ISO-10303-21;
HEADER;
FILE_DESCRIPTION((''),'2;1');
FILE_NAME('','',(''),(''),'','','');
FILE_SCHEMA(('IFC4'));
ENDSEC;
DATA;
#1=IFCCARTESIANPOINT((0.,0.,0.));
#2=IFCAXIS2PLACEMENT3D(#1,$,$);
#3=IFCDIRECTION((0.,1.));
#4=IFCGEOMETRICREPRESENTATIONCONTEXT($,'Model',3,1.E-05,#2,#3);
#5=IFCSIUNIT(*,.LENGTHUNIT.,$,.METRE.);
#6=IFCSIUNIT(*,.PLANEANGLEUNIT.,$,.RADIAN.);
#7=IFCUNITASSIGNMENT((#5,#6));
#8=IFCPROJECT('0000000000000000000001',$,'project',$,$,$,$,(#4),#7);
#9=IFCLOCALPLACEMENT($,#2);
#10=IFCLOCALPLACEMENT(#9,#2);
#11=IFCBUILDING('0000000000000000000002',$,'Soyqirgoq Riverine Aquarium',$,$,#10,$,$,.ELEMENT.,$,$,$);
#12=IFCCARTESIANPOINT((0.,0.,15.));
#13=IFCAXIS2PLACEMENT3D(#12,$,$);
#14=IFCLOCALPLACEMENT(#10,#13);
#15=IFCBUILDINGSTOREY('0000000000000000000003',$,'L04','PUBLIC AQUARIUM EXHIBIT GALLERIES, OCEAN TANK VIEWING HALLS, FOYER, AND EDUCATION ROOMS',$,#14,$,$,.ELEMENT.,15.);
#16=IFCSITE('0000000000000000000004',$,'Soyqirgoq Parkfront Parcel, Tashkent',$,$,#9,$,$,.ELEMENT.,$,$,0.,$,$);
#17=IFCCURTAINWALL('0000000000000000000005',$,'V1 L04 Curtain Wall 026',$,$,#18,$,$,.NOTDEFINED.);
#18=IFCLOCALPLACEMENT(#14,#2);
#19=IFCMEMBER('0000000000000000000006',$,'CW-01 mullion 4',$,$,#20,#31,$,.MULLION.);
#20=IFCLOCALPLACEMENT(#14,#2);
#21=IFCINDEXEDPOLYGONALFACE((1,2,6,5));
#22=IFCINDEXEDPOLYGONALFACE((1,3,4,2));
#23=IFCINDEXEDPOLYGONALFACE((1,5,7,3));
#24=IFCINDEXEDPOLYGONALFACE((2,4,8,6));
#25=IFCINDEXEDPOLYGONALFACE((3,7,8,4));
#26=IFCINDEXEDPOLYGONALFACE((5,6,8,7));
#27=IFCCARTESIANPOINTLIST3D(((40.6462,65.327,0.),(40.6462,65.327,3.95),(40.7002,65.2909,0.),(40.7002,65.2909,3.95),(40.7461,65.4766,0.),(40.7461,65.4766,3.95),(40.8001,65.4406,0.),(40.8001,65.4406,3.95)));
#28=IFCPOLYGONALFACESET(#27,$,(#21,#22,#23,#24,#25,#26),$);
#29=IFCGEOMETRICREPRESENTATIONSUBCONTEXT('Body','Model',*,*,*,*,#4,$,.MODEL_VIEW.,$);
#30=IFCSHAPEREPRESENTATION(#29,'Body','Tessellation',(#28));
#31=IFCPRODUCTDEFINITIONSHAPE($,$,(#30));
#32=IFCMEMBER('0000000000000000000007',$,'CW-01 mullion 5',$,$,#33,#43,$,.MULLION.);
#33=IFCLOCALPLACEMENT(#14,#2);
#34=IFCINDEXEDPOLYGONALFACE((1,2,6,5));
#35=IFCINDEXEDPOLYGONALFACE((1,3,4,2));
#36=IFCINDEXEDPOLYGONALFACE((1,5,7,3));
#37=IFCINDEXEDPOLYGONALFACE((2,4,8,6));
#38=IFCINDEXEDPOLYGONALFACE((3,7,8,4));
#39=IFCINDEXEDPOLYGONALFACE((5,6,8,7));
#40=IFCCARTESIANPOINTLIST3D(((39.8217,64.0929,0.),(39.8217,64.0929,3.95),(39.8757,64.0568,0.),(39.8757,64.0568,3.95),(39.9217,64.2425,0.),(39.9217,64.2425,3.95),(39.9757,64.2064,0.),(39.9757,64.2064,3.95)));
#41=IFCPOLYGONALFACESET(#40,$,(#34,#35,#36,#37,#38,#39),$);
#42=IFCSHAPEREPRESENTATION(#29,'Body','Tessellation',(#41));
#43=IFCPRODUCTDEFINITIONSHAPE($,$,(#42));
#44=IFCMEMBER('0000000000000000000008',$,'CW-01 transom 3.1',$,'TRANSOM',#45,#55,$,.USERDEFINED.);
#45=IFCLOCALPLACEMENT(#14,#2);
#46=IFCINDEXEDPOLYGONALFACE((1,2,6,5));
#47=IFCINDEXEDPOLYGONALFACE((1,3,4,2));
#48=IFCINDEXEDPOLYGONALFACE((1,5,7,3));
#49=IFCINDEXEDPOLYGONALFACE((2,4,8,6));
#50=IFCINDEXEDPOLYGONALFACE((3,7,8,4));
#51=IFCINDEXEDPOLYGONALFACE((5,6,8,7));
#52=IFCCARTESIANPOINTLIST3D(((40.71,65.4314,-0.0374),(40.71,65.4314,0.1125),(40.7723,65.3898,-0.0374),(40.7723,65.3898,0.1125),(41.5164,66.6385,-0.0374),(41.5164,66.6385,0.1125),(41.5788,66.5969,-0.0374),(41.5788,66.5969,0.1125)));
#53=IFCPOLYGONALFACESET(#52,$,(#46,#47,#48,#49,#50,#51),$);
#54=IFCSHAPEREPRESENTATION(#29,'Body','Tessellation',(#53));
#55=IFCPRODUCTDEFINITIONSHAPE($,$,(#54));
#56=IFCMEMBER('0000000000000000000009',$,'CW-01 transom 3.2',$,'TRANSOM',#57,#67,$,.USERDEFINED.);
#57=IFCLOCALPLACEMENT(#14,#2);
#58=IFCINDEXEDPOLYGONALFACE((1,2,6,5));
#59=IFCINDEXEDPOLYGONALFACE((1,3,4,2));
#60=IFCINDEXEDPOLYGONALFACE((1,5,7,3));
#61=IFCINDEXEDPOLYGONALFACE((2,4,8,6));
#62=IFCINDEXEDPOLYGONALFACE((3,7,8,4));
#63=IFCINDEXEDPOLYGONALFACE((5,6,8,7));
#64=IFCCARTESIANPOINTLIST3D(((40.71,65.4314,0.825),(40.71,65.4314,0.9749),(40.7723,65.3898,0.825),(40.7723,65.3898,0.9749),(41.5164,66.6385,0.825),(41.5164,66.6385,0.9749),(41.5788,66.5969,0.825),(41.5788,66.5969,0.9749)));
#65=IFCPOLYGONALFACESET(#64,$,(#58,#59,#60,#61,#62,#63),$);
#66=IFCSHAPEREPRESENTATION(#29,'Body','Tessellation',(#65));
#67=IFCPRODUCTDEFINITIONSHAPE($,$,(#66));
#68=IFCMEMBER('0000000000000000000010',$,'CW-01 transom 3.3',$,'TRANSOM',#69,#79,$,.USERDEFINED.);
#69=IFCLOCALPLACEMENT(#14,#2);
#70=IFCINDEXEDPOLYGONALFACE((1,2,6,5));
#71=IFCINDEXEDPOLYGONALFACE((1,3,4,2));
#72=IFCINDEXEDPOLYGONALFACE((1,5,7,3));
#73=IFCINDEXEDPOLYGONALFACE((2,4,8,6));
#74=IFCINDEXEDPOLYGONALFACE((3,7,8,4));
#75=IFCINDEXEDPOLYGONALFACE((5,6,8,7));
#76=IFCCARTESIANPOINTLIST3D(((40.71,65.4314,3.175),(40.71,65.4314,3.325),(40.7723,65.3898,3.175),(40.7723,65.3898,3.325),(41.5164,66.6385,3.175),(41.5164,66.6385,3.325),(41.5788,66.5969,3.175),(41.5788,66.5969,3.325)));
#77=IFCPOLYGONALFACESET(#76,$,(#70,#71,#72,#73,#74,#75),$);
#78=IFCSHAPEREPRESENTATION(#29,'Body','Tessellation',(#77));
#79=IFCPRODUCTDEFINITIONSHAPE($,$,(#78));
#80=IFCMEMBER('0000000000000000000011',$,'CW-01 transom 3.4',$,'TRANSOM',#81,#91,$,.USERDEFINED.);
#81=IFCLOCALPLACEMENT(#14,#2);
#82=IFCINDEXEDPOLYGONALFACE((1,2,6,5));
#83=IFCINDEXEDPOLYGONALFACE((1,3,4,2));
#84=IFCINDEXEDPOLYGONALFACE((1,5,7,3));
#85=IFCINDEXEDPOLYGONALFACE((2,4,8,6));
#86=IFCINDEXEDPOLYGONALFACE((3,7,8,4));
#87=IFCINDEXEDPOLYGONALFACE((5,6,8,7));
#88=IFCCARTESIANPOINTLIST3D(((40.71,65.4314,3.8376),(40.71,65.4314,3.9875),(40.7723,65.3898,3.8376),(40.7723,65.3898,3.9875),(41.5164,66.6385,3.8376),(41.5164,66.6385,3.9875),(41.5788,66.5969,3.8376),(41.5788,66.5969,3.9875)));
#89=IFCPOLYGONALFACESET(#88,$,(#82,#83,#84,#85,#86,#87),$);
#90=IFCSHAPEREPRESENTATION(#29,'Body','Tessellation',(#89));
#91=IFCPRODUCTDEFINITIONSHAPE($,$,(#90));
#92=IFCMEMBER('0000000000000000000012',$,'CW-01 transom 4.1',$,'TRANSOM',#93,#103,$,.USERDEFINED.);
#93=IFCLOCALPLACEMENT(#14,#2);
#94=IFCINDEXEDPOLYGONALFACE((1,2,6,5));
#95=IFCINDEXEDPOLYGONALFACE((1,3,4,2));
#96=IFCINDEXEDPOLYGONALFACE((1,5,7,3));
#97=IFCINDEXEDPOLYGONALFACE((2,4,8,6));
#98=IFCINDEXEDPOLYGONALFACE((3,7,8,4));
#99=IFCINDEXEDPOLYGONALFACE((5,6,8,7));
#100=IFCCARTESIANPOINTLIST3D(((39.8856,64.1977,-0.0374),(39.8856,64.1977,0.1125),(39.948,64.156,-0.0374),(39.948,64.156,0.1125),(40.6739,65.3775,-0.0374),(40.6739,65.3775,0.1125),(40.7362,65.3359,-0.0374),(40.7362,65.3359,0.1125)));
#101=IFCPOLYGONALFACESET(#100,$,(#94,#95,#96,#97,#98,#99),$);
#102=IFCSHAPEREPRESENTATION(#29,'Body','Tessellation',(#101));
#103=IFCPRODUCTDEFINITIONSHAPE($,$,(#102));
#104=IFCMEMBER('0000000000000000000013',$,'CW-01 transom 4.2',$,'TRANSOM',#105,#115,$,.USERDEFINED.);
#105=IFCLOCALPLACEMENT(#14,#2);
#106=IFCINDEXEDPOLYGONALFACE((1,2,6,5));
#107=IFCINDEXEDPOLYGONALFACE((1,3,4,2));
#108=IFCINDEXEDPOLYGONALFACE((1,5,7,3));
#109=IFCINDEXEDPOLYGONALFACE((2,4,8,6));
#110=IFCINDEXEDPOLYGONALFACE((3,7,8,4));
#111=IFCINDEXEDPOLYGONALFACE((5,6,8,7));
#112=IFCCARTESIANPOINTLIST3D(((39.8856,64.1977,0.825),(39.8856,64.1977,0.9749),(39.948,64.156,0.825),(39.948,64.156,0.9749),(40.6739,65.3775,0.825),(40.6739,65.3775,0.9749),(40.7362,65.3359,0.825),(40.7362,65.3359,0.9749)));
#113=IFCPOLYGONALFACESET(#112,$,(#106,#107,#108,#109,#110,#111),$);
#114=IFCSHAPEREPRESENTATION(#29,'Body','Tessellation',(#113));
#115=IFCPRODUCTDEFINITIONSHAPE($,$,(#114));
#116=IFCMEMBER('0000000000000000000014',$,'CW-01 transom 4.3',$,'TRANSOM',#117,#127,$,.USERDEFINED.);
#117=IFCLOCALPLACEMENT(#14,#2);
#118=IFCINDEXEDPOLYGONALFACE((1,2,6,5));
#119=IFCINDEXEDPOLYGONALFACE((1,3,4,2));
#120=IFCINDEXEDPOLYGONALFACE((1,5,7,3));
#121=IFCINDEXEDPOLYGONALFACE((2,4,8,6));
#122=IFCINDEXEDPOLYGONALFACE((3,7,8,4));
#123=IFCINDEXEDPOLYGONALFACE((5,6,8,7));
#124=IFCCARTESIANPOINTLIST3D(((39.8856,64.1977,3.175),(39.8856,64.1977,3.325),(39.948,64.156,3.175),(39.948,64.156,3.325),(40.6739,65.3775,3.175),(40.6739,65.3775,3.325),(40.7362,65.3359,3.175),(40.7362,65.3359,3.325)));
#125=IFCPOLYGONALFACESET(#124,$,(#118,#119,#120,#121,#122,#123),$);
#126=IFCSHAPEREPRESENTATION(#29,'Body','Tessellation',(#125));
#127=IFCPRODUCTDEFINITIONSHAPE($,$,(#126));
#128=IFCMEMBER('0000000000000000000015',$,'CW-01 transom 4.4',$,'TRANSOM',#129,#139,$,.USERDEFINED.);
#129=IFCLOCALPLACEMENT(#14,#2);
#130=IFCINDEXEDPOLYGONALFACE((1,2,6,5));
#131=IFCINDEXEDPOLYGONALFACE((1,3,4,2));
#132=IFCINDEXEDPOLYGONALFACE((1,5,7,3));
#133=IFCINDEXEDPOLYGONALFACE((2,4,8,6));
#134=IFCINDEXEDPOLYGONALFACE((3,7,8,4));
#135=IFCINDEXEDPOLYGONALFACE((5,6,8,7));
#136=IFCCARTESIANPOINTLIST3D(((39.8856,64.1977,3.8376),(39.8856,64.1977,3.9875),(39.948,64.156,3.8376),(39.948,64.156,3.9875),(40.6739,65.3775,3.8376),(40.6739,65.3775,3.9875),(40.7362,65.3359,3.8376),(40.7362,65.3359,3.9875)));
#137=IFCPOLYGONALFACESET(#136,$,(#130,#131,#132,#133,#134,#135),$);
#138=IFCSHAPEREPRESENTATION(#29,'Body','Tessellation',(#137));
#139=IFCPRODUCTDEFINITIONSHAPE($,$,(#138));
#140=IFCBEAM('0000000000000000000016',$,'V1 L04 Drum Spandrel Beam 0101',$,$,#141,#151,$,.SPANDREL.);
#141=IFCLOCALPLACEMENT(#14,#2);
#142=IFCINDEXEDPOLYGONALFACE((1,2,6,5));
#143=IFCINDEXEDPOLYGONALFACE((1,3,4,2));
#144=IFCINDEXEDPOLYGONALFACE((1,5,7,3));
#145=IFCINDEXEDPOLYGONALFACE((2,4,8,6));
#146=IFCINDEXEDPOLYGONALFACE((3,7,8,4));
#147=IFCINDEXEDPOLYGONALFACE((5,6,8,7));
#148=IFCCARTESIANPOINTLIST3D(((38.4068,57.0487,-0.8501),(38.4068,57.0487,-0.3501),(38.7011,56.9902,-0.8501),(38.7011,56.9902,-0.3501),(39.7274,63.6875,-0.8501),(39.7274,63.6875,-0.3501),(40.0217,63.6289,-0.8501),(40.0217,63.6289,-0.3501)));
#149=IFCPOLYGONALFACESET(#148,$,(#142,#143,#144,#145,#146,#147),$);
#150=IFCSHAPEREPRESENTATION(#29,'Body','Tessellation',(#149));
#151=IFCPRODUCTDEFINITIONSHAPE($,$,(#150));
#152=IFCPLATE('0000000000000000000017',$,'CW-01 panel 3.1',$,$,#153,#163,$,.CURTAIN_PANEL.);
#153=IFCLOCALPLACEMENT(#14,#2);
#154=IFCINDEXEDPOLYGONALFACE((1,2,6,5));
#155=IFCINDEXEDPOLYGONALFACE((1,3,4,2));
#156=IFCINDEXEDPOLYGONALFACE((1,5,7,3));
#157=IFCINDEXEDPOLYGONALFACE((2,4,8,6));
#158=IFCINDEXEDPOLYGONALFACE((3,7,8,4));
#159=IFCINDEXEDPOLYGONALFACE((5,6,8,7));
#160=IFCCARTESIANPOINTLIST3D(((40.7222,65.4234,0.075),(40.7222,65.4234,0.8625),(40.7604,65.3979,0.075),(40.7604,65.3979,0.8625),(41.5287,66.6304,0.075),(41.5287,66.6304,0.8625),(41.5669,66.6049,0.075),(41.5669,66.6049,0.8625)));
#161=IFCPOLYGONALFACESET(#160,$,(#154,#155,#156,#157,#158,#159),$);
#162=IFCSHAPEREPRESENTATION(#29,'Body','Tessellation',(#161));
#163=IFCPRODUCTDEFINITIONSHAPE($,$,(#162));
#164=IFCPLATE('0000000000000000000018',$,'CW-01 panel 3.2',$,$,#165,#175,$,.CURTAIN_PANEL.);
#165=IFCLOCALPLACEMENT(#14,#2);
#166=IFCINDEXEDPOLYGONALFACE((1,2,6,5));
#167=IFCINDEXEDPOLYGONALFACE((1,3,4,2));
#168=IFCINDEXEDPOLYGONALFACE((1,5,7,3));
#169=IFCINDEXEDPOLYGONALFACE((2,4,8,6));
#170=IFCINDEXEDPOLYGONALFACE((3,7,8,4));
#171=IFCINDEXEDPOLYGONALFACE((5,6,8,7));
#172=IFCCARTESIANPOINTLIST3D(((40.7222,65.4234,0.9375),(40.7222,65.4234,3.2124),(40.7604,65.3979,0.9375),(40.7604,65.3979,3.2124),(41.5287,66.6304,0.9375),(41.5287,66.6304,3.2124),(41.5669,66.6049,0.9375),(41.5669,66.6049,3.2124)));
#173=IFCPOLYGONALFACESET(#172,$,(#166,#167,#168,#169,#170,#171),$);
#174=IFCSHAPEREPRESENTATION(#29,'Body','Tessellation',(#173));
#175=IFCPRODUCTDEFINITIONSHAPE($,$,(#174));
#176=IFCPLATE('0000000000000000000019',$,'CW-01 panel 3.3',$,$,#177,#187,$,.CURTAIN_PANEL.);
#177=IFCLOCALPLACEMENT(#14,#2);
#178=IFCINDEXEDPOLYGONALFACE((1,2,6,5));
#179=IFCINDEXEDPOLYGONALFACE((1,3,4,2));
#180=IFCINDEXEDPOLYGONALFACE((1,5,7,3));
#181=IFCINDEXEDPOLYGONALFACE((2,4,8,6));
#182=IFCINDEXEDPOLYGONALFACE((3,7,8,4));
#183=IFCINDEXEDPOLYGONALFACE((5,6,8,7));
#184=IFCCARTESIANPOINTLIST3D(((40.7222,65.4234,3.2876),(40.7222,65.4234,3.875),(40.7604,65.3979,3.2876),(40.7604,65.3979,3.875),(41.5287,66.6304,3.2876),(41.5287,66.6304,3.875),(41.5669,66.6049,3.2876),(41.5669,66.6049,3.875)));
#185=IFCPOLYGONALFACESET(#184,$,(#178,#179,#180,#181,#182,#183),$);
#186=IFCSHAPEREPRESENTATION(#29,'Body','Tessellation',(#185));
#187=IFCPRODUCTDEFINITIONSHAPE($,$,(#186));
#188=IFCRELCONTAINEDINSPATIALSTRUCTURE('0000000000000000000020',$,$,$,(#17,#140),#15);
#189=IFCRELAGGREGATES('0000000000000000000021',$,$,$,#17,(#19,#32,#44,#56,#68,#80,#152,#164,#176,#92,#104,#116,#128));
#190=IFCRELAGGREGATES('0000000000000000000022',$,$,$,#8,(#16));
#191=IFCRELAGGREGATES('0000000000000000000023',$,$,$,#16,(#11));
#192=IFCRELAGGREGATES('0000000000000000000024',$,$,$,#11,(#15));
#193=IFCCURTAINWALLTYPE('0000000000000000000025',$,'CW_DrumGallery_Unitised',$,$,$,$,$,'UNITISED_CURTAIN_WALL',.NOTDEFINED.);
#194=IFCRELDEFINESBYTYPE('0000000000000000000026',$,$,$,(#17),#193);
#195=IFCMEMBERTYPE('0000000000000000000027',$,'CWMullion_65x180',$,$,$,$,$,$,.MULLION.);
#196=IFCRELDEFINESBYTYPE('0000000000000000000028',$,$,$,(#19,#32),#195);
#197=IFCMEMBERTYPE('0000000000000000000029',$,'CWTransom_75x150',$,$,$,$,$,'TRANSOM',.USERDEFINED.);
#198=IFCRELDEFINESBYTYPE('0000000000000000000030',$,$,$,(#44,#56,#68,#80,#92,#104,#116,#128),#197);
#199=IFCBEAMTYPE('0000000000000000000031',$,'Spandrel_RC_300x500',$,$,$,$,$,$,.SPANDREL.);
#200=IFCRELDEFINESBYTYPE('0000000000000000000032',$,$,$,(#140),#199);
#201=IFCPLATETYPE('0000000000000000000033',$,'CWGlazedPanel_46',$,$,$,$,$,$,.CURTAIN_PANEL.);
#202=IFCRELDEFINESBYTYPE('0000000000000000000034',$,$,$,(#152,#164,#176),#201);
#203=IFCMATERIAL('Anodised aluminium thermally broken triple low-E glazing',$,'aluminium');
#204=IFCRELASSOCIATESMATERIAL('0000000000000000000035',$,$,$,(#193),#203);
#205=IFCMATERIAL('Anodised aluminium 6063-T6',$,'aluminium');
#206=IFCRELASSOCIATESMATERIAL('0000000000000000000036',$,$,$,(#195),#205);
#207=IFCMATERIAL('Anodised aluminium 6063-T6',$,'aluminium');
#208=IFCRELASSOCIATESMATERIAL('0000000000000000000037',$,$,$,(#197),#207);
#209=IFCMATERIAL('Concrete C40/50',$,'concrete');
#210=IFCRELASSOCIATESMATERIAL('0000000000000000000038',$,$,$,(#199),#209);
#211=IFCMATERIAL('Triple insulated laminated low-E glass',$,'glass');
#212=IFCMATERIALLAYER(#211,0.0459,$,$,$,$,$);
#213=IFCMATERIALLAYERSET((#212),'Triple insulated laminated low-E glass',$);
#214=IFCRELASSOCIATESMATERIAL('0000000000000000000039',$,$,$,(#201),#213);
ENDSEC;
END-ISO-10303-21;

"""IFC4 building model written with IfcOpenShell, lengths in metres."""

from ifc_helpers import new_model, si_unit, direction, frame, origin, origin_2d, place, context, subcontext, project, spatial, rectangle, extrude, material, layer, layer_set, material_profile, profile_set, type_object, element, aggregate, save


model = new_model("IFC4")

# Units and contexts
model_context = context("Model", 3, precision=1e-05, world=origin(), true_north=direction((0.0, 1.0)))
body_context = subcontext(model_context, "Body", "Model", "MODEL_VIEW")
ifc_project = project(units=[si_unit("LENGTHUNIT", "METRE"), si_unit("PLANEANGLEUNIT", "RADIAN")], contexts=[model_context])

# Site, building, storey
site_placement = place(None, origin())
site = spatial("IfcSite", under=ifc_project, at=site_placement, Name="Soyqirgoq Parkfront Parcel, Tashkent", CompositionType="ELEMENT", RefElevation=0.0)
building_placement = place(site_placement, origin())
building = spatial("IfcBuilding", under=site, at=building_placement, Name="Soyqirgoq Riverine Aquarium", CompositionType="ELEMENT")
storey_placement = place(building_placement, frame((0.0, 0.0, 15.0)))
storey = spatial("IfcBuildingStorey", under=building, at=storey_placement, Name="L04", Description="PUBLIC AQUARIUM EXHIBIT GALLERIES, OCEAN TANK VIEWING HALLS, FOYER, AND EDUCATION ROOMS", CompositionType="ELEMENT", Elevation=15.0)

# Curtain wall, members
ifc_material_1 = material(Name="Anodised aluminium thermally broken triple low-E glazing", Category="aluminium")
curtain_wall_type = type_object("IfcCurtainWallType", Name="CW_DrumGallery_Unitised", ElementType="UNITISED_CURTAIN_WALL", PredefinedType="NOTDEFINED", material=ifc_material_1)
curtain_wall_placement = place(storey_placement, origin())
curtain_wall = element("IfcCurtainWall", 1, at=curtain_wall_placement, inside=storey, type_object=curtain_wall_type, Name="V1 L04 Curtain Wall 026", PredefinedType="NOTDEFINED")
ifc_material_2 = material(Name="Anodised aluminium 6063-T6", Category="aluminium")
ifc_material_profile_1 = material_profile(ifc_material_2, rectangle(XDim=0.0649, YDim=0.1799, at=origin_2d()), Name="ALU-M 65x180")
ifc_profile_set_1 = profile_set([ifc_material_profile_1], Name="Anodised aluminium 6063-T6")
member_type_1 = type_object("IfcMemberType", Name="CWMullion_65x180", PredefinedType="MULLION", material=ifc_profile_set_1)
member_1_placement = place(storey_placement, frame((40.7231, 65.3838, 0.0), z_axis=(0.0, 0.0, 1.0), x_axis=(0.831464, -0.555579, 0.0)))
member_1 = element("IfcMember", 2, at=member_1_placement, type_object=member_type_1, Name="CW-01 mullion 4", PredefinedType="MULLION", context=body_context, shape_type="SweptSolid", body=[
    extrude(rectangle(XDim=0.0649, YDim=0.1799, at=origin_2d()), origin(), (0.0, 0.0, 1.0), 3.95),
])
member_2_placement = place(storey_placement, frame((39.8987, 64.1497, 0.0), z_axis=(0.0, 0.0, 1.0), x_axis=(0.831464, -0.555579, 0.0)))
member_2 = element("IfcMember", 3, at=member_2_placement, type_object=member_type_1, Name="CW-01 mullion 5", PredefinedType="MULLION", context=body_context, shape_type="SweptSolid", body=[
    extrude(rectangle(XDim=0.0649, YDim=0.1799, at=origin_2d()), origin(), (0.0, 0.0, 1.0), 3.95),
])
ifc_material_3 = material(Name="Anodised aluminium 6063-T6", Category="aluminium")
ifc_material_profile_2 = material_profile(ifc_material_3, rectangle(XDim=0.075, YDim=0.1499, at=origin_2d()), Name="ALU-T 75x150")
ifc_profile_set_2 = profile_set([ifc_material_profile_2], Name="Anodised aluminium 6063-T6")
member_type_2 = type_object("IfcMemberType", Name="CWTransom_75x150", ElementType="TRANSOM", PredefinedType="USERDEFINED", material=ifc_profile_set_2)
member_3_placement = place(storey_placement, frame((41.5476, 66.6177, 0.0376), z_axis=(-0.555515, -0.831507, 0.0), x_axis=(0.831507, -0.555515, 0.0)))
member_3 = element("IfcMember", 4, at=member_3_placement, type_object=member_type_2, Name="CW-01 transom 3.1", ObjectType="TRANSOM", PredefinedType="USERDEFINED", context=body_context, shape_type="SweptSolid", body=[
    extrude(rectangle(XDim=0.075, YDim=0.1499, at=origin_2d()), origin(), (0.0, 0.0, 1.0), 1.4517),
])
member_4_placement = place(storey_placement, frame((41.5476, 66.6177, 0.8999), z_axis=(-0.555515, -0.831507, 0.0), x_axis=(0.831507, -0.555515, 0.0)))
member_4 = element("IfcMember", 5, at=member_4_placement, type_object=member_type_2, Name="CW-01 transom 3.2", ObjectType="TRANSOM", PredefinedType="USERDEFINED", context=body_context, shape_type="SweptSolid", body=[
    extrude(rectangle(XDim=0.075, YDim=0.1499, at=origin_2d()), origin(), (0.0, 0.0, 1.0), 1.4517),
])
member_5_placement = place(storey_placement, frame((41.5476, 66.6177, 3.25), z_axis=(-0.555515, -0.831507, 0.0), x_axis=(0.831507, -0.555515, 0.0)))
member_5 = element("IfcMember", 6, at=member_5_placement, type_object=member_type_2, Name="CW-01 transom 3.3", ObjectType="TRANSOM", PredefinedType="USERDEFINED", context=body_context, shape_type="SweptSolid", body=[
    extrude(rectangle(XDim=0.075, YDim=0.1499, at=origin_2d()), origin(), (0.0, 0.0, 1.0), 1.4517),
])
member_6_placement = place(storey_placement, frame((41.5476, 66.6177, 3.9126), z_axis=(-0.555515, -0.831507, 0.0), x_axis=(0.831507, -0.555515, 0.0)))
member_6 = element("IfcMember", 7, at=member_6_placement, type_object=member_type_2, Name="CW-01 transom 3.4", ObjectType="TRANSOM", PredefinedType="USERDEFINED", context=body_context, shape_type="SweptSolid", body=[
    extrude(rectangle(XDim=0.075, YDim=0.1499, at=origin_2d()), origin(), (0.0, 0.0, 1.0), 1.4517),
])
member_7_placement = place(storey_placement, frame((40.7051, 65.3567, 0.0376), z_axis=(-0.555534, -0.831494, 0.0), x_axis=(0.831494, -0.555534, 0.0)))
member_7 = element("IfcMember", 8, at=member_7_placement, type_object=member_type_2, Name="CW-01 transom 4.1", ObjectType="TRANSOM", PredefinedType="USERDEFINED", context=body_context, shape_type="SweptSolid", body=[
    extrude(rectangle(XDim=0.075, YDim=0.1499, at=origin_2d()), origin(), (0.0, 0.0, 1.0), 1.4189),
])
member_8_placement = place(storey_placement, frame((40.7051, 65.3567, 0.8999), z_axis=(-0.555534, -0.831494, 0.0), x_axis=(0.831494, -0.555534, 0.0)))
member_8 = element("IfcMember", 9, at=member_8_placement, type_object=member_type_2, Name="CW-01 transom 4.2", ObjectType="TRANSOM", PredefinedType="USERDEFINED", context=body_context, shape_type="SweptSolid", body=[
    extrude(rectangle(XDim=0.075, YDim=0.1499, at=origin_2d()), origin(), (0.0, 0.0, 1.0), 1.4189),
])
member_9_placement = place(storey_placement, frame((40.7051, 65.3567, 3.25), z_axis=(-0.555534, -0.831494, 0.0), x_axis=(0.831494, -0.555534, 0.0)))
member_9 = element("IfcMember", 10, at=member_9_placement, type_object=member_type_2, Name="CW-01 transom 4.3", ObjectType="TRANSOM", PredefinedType="USERDEFINED", context=body_context, shape_type="SweptSolid", body=[
    extrude(rectangle(XDim=0.075, YDim=0.1499, at=origin_2d()), origin(), (0.0, 0.0, 1.0), 1.4189),
])
member_10_placement = place(storey_placement, frame((40.7051, 65.3567, 3.9126), z_axis=(-0.555534, -0.831494, 0.0), x_axis=(0.831494, -0.555534, 0.0)))
member_10 = element("IfcMember", 11, at=member_10_placement, type_object=member_type_2, Name="CW-01 transom 4.4", ObjectType="TRANSOM", PredefinedType="USERDEFINED", context=body_context, shape_type="SweptSolid", body=[
    extrude(rectangle(XDim=0.075, YDim=0.1499, at=origin_2d()), origin(), (0.0, 0.0, 1.0), 1.4189),
])

# Beam
ifc_material_4 = material(Name="Concrete C40/50", Category="concrete")
ifc_material_profile_3 = material_profile(ifc_material_4, rectangle(XDim=0.3, YDim=0.5, at=origin_2d()), Name="RC 300x500")
ifc_profile_set_3 = profile_set([ifc_material_profile_3], Name="Concrete C40/50")
beam_type = type_object("IfcBeamType", Name="Spandrel_RC_300x500", PredefinedType="SPANDREL", material=ifc_profile_set_3)
beam_placement = place(storey_placement, frame((39.8745, 63.6582, -0.6001), z_axis=(-0.195096, -0.980784, 0.0), x_axis=(0.980784, -0.195096, 0.0)))
element("IfcBeam", 12, at=beam_placement, inside=storey, type_object=beam_type, Name="V1 L04 Drum Spandrel Beam 0101", PredefinedType="SPANDREL", context=body_context, shape_type="SweptSolid", body=[
    extrude(rectangle(XDim=0.3, YDim=0.5, at=origin_2d()), origin(), (0.0, 0.0, 1.0), 6.7688),
])

# Plates
ifc_material_5 = material(Name="Triple insulated laminated low-E glass", Category="glass")
ifc_layer_1 = layer(ifc_material_5, 0.0459)
ifc_layer_set_1 = layer_set([ifc_layer_1], Name="Triple insulated laminated low-E glass")
plate_type = type_object("IfcPlateType", Name="CWGlazedPanel_46", PredefinedType="CURTAIN_PANEL", material=ifc_layer_set_1)
plate_1_placement = place(storey_placement, frame((41.1445, 66.0142, 0.075), z_axis=(0.0, 0.0, 1.0), x_axis=(-0.555579, -0.831464, 0.0)))
plate_1 = element("IfcPlate", 13, at=plate_1_placement, type_object=plate_type, Name="CW-01 panel 3.1", PredefinedType="CURTAIN_PANEL", context=body_context, shape_type="SweptSolid", body=[
    extrude(rectangle(XDim=1.4517, YDim=0.0459, at=origin_2d()), origin(), (0.0, 0.0, 1.0), 0.7876),
])
plate_2_placement = place(storey_placement, frame((41.1445, 66.0142, 0.9375), z_axis=(0.0, 0.0, 1.0), x_axis=(-0.555579, -0.831464, 0.0)))
plate_2 = element("IfcPlate", 14, at=plate_2_placement, type_object=plate_type, Name="CW-01 panel 3.2", PredefinedType="CURTAIN_PANEL", context=body_context, shape_type="SweptSolid", body=[
    extrude(rectangle(XDim=1.4517, YDim=0.0459, at=origin_2d()), origin(), (0.0, 0.0, 1.0), 2.2749),
])
plate_3_placement = place(storey_placement, frame((41.1445, 66.0142, 3.2876), z_axis=(0.0, 0.0, 1.0), x_axis=(-0.555579, -0.831464, 0.0)))
plate_3 = element("IfcPlate", 15, at=plate_3_placement, type_object=plate_type, Name="CW-01 panel 3.3", PredefinedType="CURTAIN_PANEL", context=body_context, shape_type="SweptSolid", body=[
    extrude(rectangle(XDim=1.4517, YDim=0.0459, at=origin_2d()), origin(), (0.0, 0.0, 1.0), 0.5874),
])
aggregate(curtain_wall, [member_1, member_2, member_3, member_4, member_5, member_6, plate_1, plate_2, plate_3, member_7, member_8, member_9, member_10])

save(model, "model.ifc")
